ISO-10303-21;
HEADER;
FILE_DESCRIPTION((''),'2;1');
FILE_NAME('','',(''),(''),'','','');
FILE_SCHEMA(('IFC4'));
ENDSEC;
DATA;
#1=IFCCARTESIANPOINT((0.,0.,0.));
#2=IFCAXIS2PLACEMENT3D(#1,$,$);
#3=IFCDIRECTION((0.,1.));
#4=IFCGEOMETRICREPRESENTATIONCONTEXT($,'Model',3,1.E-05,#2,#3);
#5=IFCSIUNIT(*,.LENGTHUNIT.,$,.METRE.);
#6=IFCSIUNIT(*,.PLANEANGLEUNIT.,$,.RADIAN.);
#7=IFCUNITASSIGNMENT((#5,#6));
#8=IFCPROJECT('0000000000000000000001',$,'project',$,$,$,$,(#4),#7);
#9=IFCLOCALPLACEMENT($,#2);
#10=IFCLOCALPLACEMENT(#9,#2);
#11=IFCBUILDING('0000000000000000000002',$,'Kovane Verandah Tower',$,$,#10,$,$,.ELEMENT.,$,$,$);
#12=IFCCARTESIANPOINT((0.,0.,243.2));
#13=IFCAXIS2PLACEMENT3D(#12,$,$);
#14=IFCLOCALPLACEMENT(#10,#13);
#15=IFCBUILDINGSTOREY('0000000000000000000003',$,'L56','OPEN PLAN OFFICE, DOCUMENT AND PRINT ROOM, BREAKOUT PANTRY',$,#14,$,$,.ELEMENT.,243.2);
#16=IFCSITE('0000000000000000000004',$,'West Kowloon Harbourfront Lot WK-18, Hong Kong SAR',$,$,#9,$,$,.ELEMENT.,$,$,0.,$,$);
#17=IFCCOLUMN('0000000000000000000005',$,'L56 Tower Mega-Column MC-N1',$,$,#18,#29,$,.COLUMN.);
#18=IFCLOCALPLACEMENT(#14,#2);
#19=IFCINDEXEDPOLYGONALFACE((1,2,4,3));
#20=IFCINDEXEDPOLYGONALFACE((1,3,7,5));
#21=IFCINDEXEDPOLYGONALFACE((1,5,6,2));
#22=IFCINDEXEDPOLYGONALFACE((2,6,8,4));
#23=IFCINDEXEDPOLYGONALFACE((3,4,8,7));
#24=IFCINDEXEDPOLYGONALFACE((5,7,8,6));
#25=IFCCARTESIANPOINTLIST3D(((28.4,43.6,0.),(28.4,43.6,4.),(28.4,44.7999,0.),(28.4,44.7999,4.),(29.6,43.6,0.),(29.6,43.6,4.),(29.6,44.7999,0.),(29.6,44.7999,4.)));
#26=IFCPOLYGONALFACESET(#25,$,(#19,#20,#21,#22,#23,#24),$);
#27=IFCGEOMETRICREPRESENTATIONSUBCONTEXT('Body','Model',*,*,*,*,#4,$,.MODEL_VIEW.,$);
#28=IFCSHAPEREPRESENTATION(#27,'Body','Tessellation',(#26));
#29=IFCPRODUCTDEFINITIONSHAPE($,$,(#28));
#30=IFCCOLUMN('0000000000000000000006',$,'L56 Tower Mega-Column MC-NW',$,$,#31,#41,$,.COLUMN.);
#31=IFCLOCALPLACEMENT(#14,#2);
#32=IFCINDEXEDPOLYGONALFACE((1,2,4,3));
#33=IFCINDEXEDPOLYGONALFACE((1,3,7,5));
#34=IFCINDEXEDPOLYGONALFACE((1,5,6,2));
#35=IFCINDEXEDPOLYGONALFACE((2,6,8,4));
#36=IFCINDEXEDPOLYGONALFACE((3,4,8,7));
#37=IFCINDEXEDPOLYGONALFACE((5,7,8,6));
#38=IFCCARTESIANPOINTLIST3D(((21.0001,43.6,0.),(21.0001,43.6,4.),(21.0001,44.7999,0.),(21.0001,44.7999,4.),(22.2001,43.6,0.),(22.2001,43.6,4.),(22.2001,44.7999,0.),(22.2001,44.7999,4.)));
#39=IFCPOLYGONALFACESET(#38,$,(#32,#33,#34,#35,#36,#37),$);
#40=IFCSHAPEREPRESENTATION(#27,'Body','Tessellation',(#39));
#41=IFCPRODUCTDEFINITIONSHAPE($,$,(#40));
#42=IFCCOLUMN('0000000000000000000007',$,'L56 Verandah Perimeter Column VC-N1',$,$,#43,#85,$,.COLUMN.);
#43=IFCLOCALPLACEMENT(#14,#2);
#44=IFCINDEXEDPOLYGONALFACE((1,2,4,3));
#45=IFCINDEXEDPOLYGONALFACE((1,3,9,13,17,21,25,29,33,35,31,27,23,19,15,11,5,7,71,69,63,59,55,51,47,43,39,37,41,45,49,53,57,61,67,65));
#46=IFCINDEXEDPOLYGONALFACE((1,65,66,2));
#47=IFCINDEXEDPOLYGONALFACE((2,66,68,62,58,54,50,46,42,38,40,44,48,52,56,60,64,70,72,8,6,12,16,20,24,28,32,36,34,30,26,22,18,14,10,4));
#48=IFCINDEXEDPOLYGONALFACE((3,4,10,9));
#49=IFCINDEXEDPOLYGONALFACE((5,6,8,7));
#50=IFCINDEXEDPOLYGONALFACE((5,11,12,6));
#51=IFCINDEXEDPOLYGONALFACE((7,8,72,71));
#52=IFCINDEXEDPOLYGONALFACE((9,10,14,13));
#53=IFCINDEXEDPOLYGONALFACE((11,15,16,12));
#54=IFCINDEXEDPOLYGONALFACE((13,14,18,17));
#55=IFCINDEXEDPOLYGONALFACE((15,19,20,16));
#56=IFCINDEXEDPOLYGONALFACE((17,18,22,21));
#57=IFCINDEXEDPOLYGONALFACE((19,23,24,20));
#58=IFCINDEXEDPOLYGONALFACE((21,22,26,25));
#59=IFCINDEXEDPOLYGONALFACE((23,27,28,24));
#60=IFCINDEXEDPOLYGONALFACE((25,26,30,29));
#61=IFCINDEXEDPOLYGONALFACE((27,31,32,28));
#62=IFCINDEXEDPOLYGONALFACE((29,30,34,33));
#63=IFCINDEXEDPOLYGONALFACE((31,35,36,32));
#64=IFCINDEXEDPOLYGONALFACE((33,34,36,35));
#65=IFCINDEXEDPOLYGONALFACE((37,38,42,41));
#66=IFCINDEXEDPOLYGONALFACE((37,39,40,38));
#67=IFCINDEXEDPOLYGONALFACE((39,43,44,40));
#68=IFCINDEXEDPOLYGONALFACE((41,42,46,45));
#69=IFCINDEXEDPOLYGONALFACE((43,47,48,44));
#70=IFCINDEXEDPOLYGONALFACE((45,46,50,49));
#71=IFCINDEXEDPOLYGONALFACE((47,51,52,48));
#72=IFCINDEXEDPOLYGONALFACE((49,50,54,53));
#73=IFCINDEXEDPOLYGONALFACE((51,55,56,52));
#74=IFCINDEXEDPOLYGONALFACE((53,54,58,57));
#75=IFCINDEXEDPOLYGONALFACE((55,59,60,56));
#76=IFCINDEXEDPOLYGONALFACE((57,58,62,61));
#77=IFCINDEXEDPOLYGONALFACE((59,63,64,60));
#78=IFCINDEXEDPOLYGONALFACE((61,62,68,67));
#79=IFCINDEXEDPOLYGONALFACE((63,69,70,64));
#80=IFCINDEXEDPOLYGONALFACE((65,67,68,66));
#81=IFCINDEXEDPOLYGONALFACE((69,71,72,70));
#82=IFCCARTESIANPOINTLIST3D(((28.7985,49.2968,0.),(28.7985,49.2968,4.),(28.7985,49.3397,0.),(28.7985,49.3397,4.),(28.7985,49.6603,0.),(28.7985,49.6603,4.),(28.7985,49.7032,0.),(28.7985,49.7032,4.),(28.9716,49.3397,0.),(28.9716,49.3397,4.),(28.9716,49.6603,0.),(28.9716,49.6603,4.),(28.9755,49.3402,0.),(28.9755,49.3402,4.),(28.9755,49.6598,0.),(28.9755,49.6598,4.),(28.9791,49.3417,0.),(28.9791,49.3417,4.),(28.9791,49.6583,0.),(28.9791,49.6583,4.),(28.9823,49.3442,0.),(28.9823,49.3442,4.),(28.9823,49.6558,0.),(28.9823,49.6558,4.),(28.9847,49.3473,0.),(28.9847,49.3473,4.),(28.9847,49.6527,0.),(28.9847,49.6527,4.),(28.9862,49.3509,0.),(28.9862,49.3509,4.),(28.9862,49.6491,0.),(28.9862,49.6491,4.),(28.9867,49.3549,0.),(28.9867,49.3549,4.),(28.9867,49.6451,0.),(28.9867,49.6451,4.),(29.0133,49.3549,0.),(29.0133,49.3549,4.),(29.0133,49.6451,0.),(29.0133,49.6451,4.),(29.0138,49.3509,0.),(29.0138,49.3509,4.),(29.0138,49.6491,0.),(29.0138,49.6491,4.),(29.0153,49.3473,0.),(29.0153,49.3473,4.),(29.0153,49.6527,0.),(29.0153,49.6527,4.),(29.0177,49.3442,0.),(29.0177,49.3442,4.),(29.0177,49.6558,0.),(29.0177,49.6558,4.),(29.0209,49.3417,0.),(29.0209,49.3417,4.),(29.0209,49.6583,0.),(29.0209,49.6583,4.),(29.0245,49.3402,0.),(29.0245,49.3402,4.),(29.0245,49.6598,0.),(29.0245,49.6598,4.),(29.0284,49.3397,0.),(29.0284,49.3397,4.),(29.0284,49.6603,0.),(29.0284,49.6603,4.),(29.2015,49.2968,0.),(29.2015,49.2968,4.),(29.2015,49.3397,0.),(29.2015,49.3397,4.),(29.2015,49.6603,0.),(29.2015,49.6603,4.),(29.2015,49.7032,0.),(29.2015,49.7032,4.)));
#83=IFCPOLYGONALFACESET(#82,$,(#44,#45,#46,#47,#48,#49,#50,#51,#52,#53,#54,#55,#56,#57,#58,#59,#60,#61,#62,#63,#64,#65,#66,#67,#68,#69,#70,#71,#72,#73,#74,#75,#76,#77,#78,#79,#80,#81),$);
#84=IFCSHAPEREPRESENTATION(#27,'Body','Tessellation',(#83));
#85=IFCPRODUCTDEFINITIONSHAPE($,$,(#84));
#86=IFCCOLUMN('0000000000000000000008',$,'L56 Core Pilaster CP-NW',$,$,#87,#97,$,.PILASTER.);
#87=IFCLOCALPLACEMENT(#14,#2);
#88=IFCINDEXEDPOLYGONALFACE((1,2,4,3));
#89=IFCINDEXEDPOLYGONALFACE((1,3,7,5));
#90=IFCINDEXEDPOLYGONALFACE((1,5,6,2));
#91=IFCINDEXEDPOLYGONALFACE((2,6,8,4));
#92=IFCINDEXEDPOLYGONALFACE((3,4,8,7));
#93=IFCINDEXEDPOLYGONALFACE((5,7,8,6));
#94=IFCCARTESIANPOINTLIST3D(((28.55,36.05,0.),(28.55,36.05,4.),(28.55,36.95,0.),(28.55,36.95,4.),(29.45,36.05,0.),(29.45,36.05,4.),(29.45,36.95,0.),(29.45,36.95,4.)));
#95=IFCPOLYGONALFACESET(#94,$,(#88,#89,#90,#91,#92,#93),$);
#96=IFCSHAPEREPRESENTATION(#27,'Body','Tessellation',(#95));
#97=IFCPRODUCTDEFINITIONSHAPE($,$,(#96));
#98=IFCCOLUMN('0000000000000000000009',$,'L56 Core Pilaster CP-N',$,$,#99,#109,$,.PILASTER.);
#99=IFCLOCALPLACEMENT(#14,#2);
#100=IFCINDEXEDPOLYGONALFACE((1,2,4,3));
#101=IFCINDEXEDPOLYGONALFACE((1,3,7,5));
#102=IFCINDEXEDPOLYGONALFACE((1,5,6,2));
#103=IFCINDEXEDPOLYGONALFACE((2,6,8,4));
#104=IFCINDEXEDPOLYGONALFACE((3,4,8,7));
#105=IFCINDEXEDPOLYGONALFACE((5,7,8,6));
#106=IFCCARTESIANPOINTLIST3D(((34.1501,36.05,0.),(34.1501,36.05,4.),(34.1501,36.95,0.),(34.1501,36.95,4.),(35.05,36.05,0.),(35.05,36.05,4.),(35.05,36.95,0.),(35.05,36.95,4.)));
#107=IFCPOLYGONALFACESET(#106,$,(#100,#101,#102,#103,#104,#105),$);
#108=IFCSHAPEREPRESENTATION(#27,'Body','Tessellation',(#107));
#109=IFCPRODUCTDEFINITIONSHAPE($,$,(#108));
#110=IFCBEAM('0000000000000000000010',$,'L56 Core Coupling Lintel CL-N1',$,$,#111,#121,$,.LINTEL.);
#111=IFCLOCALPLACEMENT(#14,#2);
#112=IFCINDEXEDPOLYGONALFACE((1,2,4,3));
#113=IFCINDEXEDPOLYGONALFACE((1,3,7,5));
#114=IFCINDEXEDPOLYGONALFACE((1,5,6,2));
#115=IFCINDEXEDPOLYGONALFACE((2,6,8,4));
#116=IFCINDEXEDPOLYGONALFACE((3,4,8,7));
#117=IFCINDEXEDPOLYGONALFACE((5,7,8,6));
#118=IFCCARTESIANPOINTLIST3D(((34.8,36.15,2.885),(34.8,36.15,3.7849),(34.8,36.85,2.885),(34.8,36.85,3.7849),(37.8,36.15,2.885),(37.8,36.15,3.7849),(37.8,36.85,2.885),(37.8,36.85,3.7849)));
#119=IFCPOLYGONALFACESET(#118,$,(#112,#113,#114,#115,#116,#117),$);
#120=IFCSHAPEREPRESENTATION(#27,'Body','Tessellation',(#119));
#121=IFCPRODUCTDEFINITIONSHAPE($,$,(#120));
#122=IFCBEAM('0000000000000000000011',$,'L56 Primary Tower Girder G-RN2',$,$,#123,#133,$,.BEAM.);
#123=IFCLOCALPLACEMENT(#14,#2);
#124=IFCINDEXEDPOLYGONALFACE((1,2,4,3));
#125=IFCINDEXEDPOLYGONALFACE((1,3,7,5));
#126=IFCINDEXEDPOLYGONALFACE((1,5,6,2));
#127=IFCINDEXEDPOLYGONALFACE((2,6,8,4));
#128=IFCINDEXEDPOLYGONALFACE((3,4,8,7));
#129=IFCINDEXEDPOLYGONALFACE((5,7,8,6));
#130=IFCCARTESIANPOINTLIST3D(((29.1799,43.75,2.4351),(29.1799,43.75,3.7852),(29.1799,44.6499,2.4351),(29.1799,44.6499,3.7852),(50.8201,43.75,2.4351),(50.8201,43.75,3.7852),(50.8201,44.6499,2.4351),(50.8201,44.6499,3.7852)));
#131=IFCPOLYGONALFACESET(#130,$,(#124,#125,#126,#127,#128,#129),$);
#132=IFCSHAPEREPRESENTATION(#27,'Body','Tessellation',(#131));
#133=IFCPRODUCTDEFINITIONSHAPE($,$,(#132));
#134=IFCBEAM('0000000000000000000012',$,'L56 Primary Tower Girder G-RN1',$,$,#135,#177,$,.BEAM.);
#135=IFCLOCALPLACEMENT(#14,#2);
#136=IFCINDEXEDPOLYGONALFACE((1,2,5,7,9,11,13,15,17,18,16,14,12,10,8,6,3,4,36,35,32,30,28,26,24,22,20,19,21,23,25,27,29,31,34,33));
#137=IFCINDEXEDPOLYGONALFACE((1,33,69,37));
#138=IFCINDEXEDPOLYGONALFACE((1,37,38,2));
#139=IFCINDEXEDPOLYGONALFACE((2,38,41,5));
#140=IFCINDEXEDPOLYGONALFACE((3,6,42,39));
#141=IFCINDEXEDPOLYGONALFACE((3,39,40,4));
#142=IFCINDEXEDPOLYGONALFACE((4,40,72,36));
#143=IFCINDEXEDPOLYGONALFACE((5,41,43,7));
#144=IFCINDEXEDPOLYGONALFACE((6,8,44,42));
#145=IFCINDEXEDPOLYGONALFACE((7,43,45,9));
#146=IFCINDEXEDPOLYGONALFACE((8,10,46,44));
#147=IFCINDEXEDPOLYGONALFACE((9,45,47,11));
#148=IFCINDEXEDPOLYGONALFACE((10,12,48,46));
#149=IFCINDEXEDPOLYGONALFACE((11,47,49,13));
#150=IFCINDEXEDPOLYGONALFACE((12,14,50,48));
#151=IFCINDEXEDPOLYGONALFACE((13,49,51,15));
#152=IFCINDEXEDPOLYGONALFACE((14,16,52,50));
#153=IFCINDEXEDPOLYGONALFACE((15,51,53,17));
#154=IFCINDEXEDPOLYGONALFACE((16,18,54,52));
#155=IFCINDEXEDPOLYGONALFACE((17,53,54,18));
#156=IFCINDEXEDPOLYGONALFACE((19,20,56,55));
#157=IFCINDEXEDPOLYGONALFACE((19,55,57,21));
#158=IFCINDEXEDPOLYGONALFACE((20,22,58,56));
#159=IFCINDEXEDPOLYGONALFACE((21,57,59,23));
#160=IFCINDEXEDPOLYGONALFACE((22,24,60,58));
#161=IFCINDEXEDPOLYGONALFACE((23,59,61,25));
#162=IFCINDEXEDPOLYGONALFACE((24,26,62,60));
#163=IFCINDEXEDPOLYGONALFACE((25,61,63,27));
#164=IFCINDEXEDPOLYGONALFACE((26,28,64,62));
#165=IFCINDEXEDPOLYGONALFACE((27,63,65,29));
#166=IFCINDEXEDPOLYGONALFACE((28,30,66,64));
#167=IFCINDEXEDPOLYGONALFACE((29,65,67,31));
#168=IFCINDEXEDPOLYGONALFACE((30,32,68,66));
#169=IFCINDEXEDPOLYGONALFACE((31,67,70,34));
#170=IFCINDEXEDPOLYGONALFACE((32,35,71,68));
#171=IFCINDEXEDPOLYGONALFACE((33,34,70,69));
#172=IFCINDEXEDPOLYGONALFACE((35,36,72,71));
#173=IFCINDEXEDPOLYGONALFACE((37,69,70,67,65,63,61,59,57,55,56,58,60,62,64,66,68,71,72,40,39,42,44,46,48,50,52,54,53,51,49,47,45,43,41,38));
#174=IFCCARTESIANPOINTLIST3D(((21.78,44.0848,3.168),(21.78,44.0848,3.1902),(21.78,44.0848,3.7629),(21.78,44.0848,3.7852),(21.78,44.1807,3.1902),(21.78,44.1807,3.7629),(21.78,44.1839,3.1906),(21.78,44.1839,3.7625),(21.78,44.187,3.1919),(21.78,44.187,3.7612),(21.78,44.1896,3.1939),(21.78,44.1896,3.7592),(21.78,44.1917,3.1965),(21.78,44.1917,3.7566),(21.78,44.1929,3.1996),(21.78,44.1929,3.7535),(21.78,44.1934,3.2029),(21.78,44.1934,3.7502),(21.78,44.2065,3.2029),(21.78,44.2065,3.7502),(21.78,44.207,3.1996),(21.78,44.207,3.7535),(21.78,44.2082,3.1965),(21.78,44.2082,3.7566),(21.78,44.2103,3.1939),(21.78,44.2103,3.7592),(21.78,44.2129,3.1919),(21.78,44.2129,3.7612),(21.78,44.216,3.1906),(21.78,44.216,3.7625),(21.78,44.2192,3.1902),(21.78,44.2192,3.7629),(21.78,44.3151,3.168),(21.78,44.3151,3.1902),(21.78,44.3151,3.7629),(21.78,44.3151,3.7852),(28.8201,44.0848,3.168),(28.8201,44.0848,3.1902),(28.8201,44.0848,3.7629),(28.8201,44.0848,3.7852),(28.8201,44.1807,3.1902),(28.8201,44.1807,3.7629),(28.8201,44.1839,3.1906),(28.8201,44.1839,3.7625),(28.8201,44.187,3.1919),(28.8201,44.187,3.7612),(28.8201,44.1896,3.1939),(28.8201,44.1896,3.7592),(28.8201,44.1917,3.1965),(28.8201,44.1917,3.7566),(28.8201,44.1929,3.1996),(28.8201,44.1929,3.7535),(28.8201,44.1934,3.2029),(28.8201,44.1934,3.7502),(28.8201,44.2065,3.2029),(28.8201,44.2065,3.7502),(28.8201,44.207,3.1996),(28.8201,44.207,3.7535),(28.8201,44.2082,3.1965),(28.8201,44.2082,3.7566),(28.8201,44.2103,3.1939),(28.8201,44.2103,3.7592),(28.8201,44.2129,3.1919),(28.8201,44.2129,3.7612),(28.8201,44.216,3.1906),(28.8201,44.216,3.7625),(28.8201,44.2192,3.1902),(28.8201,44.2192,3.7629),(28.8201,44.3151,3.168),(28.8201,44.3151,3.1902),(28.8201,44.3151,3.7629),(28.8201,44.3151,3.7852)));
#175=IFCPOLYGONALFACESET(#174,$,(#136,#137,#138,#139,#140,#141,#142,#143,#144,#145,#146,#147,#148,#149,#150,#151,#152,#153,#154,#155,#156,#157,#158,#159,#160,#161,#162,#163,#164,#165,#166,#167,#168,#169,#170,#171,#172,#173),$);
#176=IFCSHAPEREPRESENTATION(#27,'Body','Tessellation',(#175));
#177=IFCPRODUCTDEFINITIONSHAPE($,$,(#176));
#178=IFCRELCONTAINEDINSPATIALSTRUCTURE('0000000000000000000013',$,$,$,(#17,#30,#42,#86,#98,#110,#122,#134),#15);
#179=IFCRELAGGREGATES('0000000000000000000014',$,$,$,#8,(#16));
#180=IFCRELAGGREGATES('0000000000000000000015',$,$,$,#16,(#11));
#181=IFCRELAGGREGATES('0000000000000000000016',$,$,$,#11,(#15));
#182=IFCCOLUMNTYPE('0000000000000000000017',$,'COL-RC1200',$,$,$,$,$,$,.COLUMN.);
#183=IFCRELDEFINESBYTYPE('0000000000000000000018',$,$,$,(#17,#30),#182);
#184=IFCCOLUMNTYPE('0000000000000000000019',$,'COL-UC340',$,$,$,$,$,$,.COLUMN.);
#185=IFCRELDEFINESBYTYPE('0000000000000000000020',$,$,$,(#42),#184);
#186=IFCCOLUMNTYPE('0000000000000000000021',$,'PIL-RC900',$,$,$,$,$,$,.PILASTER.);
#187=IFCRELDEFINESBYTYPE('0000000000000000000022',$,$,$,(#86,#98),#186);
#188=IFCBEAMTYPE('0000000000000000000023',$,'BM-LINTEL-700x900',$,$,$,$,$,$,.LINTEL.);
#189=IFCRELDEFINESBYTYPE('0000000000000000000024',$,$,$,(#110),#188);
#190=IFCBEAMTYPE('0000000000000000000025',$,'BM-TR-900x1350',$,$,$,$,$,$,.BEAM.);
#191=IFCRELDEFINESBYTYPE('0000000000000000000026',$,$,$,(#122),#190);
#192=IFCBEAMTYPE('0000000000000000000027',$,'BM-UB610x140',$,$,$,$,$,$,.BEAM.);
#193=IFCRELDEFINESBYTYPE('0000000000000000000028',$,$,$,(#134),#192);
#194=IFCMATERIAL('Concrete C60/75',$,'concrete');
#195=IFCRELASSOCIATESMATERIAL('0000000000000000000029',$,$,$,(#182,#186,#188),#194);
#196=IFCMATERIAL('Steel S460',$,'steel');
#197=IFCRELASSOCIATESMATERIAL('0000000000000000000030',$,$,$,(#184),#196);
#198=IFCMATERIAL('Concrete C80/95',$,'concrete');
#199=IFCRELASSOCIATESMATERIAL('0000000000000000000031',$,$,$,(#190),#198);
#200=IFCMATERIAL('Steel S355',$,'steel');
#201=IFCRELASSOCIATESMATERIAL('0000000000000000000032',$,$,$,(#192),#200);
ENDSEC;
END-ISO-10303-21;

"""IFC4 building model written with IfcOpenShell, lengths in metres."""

from ifc_helpers import new_model, si_unit, direction, frame, origin, origin_2d, place, context, subcontext, project, spatial, rectangle, i_section, extrude, material, material_profile, profile_set, type_object, element, save


model = new_model("IFC4")

# Units and contexts
model_context = context("Model", 3, precision=1e-05, world=origin(), true_north=direction((0.0, 1.0)))
body_context = subcontext(model_context, "Body", "Model", "MODEL_VIEW")
ifc_project = project(units=[si_unit("LENGTHUNIT", "METRE"), si_unit("PLANEANGLEUNIT", "RADIAN")], contexts=[model_context])

# Site, building, storey
site_placement = place(None, origin())
site = spatial("IfcSite", under=ifc_project, at=site_placement, Name="West Kowloon Harbourfront Lot WK-18, Hong Kong SAR", CompositionType="ELEMENT", RefElevation=0.0)
building_placement = place(site_placement, origin())
building = spatial("IfcBuilding", under=site, at=building_placement, Name="Kovane Verandah Tower", CompositionType="ELEMENT")
storey_placement = place(building_placement, frame((0.0, 0.0, 243.2)))
storey = spatial("IfcBuildingStorey", under=building, at=storey_placement, Name="L56", Description="OPEN PLAN OFFICE, DOCUMENT AND PRINT ROOM, BREAKOUT PANTRY", CompositionType="ELEMENT", Elevation=243.2)

# Columns
ifc_material_1 = material(Name="Concrete C60/75", Category="concrete")
ifc_material_profile_1 = material_profile(ifc_material_1, rectangle(XDim=1.2, YDim=1.2, at=origin_2d()), Name="RC1200x1200")
ifc_profile_set_1 = profile_set([ifc_material_profile_1], Name="Concrete C60/75")
column_type_1 = type_object("IfcColumnType", Name="COL-RC1200", PredefinedType="COLUMN", material=ifc_profile_set_1)
for number, where, z_axis, x_axis, name in (
    (1, (29.0, 44.2, 0.0), (0.0, 0.0, 1.0), (1.0, 0.0, 0.0), "L56 Tower Mega-Column MC-N1"),
    (2, (21.6001, 44.2, 0.0), (0.0, 0.0, 1.0), (1.0, 0.0, 0.0), "L56 Tower Mega-Column MC-NW"),
):
    element("IfcColumn", number, at=place(storey_placement, frame(where, z_axis=z_axis, x_axis=x_axis)), inside=storey, type_object=column_type_1, Name=name, PredefinedType="COLUMN", context=body_context, shape_type="SweptSolid", body=[
        extrude(rectangle(XDim=1.2, YDim=1.2, at=origin_2d()), origin(), (0.0, 0.0, 1.0), 4.0),
    ])
ifc_material_2 = material(Name="Steel S460", Category="steel")
ifc_material_profile_2 = material_profile(ifc_material_2, i_section(OverallWidth=0.4031, OverallDepth=0.4065, WebThickness=0.0266, FlangeThickness=0.043, FilletRadius=0.0151, at=origin_2d()), Name="UC356x406x340")
ifc_profile_set_2 = profile_set([ifc_material_profile_2], Name="Steel S460")
column_type_2 = type_object("IfcColumnType", Name="COL-UC340", PredefinedType="COLUMN", material=ifc_profile_set_2)
column_placement = place(storey_placement, frame((29.0, 49.5, 0.0), z_axis=(0.0, 0.0, 1.0), x_axis=(1.0, 0.0, 0.0)))
element("IfcColumn", 3, at=column_placement, inside=storey, type_object=column_type_2, Name="L56 Verandah Perimeter Column VC-N1", PredefinedType="COLUMN", context=body_context, shape_type="SweptSolid", body=[
    extrude(i_section(OverallWidth=0.4031, OverallDepth=0.4065, WebThickness=0.0266, FlangeThickness=0.043, FilletRadius=0.0151, at=origin_2d()), origin(), (0.0, 0.0, 1.0), 4.0),
])
ifc_material_profile_3 = material_profile(ifc_material_1, rectangle(XDim=0.8999, YDim=0.8999, at=origin_2d()), Name="RC900x900")
ifc_profile_set_3 = profile_set([ifc_material_profile_3], Name="Concrete C60/75")
column_type_3 = type_object("IfcColumnType", Name="PIL-RC900", PredefinedType="PILASTER", material=ifc_profile_set_3)
for number, where, z_axis, x_axis, name in (
    (4, (29.0, 36.5, 0.0), (0.0, 0.0, 1.0), (1.0, 0.0, 0.0), "L56 Core Pilaster CP-NW"),
    (5, (34.6001, 36.5, 0.0), (0.0, 0.0, 1.0), (1.0, 0.0, 0.0), "L56 Core Pilaster CP-N"),
):
    element("IfcColumn", number, at=place(storey_placement, frame(where, z_axis=z_axis, x_axis=x_axis)), inside=storey, type_object=column_type_3, Name=name, PredefinedType="PILASTER", context=body_context, shape_type="SweptSolid", body=[
        extrude(rectangle(XDim=0.8999, YDim=0.8999, at=origin_2d()), origin(), (0.0, 0.0, 1.0), 4.0),
    ])

# Beams
ifc_material_profile_4 = material_profile(ifc_material_1, rectangle(XDim=0.7, YDim=0.8999, at=origin_2d()), Name="RCB700x900")
ifc_profile_set_4 = profile_set([ifc_material_profile_4], Name="Concrete C60/75")
beam_type_1 = type_object("IfcBeamType", Name="BM-LINTEL-700x900", PredefinedType="LINTEL", material=ifc_profile_set_4)
beam_1_placement = place(storey_placement, frame((34.8, 36.5, 3.335), z_axis=(1.0, 0.0, 0.0), x_axis=(0.0, 1.0, 0.0)))
element("IfcBeam", 6, at=beam_1_placement, inside=storey, type_object=beam_type_1, Name="L56 Core Coupling Lintel CL-N1", PredefinedType="LINTEL", context=body_context, shape_type="SweptSolid", body=[
    extrude(rectangle(XDim=0.7, YDim=0.8999, at=origin_2d()), origin(), (0.0, 0.0, 1.0), 3.0),
])
ifc_material_3 = material(Name="Concrete C80/95", Category="concrete")
ifc_material_profile_5 = material_profile(ifc_material_3, rectangle(XDim=0.8999, YDim=1.3501, at=origin_2d()), Name="RCB900x1350")
ifc_profile_set_5 = profile_set([ifc_material_profile_5], Name="Concrete C80/95")
beam_type_2 = type_object("IfcBeamType", Name="BM-TR-900x1350", PredefinedType="BEAM", material=ifc_profile_set_5)
beam_2_placement = place(storey_placement, frame((29.1799, 44.2, 3.1101), z_axis=(1.0, 0.0, 0.0), x_axis=(0.0, 1.0, 0.0)))
element("IfcBeam", 7, at=beam_2_placement, inside=storey, type_object=beam_type_2, Name="L56 Primary Tower Girder G-RN2", PredefinedType="BEAM", context=body_context, shape_type="SweptSolid", body=[
    extrude(rectangle(XDim=0.8999, YDim=1.3501, at=origin_2d()), origin(), (0.0, 0.0, 1.0), 21.6401),
])
ifc_material_4 = material(Name="Steel S355", Category="steel")
ifc_material_profile_6 = material_profile(ifc_material_4, i_section(OverallWidth=0.2302, OverallDepth=0.6172, WebThickness=0.0132, FlangeThickness=0.0222, FilletRadius=0.0127, at=origin_2d()), Name="UB610x229x140")
ifc_profile_set_6 = profile_set([ifc_material_profile_6], Name="Steel S355")
beam_type_3 = type_object("IfcBeamType", Name="BM-UB610x140", PredefinedType="BEAM", material=ifc_profile_set_6)
for number, where, z_axis, x_axis, name in (
    (8, (21.78, 44.2, 3.4766), (1.0, 0.0, 0.0), (0.0, 1.0, 0.0), "L56 Primary Tower Girder G-RN1"),
):
    element("IfcBeam", number, at=place(storey_placement, frame(where, z_axis=z_axis, x_axis=x_axis)), inside=storey, type_object=beam_type_3, Name=name, PredefinedType="BEAM", context=body_context, shape_type="SweptSolid", body=[
        extrude(i_section(OverallWidth=0.2302, OverallDepth=0.6172, WebThickness=0.0132, FlangeThickness=0.0222, FilletRadius=0.0127, at=origin_2d()), origin(), (0.0, 0.0, 1.0), 7.04),
    ])

save(model, "model.ifc")
